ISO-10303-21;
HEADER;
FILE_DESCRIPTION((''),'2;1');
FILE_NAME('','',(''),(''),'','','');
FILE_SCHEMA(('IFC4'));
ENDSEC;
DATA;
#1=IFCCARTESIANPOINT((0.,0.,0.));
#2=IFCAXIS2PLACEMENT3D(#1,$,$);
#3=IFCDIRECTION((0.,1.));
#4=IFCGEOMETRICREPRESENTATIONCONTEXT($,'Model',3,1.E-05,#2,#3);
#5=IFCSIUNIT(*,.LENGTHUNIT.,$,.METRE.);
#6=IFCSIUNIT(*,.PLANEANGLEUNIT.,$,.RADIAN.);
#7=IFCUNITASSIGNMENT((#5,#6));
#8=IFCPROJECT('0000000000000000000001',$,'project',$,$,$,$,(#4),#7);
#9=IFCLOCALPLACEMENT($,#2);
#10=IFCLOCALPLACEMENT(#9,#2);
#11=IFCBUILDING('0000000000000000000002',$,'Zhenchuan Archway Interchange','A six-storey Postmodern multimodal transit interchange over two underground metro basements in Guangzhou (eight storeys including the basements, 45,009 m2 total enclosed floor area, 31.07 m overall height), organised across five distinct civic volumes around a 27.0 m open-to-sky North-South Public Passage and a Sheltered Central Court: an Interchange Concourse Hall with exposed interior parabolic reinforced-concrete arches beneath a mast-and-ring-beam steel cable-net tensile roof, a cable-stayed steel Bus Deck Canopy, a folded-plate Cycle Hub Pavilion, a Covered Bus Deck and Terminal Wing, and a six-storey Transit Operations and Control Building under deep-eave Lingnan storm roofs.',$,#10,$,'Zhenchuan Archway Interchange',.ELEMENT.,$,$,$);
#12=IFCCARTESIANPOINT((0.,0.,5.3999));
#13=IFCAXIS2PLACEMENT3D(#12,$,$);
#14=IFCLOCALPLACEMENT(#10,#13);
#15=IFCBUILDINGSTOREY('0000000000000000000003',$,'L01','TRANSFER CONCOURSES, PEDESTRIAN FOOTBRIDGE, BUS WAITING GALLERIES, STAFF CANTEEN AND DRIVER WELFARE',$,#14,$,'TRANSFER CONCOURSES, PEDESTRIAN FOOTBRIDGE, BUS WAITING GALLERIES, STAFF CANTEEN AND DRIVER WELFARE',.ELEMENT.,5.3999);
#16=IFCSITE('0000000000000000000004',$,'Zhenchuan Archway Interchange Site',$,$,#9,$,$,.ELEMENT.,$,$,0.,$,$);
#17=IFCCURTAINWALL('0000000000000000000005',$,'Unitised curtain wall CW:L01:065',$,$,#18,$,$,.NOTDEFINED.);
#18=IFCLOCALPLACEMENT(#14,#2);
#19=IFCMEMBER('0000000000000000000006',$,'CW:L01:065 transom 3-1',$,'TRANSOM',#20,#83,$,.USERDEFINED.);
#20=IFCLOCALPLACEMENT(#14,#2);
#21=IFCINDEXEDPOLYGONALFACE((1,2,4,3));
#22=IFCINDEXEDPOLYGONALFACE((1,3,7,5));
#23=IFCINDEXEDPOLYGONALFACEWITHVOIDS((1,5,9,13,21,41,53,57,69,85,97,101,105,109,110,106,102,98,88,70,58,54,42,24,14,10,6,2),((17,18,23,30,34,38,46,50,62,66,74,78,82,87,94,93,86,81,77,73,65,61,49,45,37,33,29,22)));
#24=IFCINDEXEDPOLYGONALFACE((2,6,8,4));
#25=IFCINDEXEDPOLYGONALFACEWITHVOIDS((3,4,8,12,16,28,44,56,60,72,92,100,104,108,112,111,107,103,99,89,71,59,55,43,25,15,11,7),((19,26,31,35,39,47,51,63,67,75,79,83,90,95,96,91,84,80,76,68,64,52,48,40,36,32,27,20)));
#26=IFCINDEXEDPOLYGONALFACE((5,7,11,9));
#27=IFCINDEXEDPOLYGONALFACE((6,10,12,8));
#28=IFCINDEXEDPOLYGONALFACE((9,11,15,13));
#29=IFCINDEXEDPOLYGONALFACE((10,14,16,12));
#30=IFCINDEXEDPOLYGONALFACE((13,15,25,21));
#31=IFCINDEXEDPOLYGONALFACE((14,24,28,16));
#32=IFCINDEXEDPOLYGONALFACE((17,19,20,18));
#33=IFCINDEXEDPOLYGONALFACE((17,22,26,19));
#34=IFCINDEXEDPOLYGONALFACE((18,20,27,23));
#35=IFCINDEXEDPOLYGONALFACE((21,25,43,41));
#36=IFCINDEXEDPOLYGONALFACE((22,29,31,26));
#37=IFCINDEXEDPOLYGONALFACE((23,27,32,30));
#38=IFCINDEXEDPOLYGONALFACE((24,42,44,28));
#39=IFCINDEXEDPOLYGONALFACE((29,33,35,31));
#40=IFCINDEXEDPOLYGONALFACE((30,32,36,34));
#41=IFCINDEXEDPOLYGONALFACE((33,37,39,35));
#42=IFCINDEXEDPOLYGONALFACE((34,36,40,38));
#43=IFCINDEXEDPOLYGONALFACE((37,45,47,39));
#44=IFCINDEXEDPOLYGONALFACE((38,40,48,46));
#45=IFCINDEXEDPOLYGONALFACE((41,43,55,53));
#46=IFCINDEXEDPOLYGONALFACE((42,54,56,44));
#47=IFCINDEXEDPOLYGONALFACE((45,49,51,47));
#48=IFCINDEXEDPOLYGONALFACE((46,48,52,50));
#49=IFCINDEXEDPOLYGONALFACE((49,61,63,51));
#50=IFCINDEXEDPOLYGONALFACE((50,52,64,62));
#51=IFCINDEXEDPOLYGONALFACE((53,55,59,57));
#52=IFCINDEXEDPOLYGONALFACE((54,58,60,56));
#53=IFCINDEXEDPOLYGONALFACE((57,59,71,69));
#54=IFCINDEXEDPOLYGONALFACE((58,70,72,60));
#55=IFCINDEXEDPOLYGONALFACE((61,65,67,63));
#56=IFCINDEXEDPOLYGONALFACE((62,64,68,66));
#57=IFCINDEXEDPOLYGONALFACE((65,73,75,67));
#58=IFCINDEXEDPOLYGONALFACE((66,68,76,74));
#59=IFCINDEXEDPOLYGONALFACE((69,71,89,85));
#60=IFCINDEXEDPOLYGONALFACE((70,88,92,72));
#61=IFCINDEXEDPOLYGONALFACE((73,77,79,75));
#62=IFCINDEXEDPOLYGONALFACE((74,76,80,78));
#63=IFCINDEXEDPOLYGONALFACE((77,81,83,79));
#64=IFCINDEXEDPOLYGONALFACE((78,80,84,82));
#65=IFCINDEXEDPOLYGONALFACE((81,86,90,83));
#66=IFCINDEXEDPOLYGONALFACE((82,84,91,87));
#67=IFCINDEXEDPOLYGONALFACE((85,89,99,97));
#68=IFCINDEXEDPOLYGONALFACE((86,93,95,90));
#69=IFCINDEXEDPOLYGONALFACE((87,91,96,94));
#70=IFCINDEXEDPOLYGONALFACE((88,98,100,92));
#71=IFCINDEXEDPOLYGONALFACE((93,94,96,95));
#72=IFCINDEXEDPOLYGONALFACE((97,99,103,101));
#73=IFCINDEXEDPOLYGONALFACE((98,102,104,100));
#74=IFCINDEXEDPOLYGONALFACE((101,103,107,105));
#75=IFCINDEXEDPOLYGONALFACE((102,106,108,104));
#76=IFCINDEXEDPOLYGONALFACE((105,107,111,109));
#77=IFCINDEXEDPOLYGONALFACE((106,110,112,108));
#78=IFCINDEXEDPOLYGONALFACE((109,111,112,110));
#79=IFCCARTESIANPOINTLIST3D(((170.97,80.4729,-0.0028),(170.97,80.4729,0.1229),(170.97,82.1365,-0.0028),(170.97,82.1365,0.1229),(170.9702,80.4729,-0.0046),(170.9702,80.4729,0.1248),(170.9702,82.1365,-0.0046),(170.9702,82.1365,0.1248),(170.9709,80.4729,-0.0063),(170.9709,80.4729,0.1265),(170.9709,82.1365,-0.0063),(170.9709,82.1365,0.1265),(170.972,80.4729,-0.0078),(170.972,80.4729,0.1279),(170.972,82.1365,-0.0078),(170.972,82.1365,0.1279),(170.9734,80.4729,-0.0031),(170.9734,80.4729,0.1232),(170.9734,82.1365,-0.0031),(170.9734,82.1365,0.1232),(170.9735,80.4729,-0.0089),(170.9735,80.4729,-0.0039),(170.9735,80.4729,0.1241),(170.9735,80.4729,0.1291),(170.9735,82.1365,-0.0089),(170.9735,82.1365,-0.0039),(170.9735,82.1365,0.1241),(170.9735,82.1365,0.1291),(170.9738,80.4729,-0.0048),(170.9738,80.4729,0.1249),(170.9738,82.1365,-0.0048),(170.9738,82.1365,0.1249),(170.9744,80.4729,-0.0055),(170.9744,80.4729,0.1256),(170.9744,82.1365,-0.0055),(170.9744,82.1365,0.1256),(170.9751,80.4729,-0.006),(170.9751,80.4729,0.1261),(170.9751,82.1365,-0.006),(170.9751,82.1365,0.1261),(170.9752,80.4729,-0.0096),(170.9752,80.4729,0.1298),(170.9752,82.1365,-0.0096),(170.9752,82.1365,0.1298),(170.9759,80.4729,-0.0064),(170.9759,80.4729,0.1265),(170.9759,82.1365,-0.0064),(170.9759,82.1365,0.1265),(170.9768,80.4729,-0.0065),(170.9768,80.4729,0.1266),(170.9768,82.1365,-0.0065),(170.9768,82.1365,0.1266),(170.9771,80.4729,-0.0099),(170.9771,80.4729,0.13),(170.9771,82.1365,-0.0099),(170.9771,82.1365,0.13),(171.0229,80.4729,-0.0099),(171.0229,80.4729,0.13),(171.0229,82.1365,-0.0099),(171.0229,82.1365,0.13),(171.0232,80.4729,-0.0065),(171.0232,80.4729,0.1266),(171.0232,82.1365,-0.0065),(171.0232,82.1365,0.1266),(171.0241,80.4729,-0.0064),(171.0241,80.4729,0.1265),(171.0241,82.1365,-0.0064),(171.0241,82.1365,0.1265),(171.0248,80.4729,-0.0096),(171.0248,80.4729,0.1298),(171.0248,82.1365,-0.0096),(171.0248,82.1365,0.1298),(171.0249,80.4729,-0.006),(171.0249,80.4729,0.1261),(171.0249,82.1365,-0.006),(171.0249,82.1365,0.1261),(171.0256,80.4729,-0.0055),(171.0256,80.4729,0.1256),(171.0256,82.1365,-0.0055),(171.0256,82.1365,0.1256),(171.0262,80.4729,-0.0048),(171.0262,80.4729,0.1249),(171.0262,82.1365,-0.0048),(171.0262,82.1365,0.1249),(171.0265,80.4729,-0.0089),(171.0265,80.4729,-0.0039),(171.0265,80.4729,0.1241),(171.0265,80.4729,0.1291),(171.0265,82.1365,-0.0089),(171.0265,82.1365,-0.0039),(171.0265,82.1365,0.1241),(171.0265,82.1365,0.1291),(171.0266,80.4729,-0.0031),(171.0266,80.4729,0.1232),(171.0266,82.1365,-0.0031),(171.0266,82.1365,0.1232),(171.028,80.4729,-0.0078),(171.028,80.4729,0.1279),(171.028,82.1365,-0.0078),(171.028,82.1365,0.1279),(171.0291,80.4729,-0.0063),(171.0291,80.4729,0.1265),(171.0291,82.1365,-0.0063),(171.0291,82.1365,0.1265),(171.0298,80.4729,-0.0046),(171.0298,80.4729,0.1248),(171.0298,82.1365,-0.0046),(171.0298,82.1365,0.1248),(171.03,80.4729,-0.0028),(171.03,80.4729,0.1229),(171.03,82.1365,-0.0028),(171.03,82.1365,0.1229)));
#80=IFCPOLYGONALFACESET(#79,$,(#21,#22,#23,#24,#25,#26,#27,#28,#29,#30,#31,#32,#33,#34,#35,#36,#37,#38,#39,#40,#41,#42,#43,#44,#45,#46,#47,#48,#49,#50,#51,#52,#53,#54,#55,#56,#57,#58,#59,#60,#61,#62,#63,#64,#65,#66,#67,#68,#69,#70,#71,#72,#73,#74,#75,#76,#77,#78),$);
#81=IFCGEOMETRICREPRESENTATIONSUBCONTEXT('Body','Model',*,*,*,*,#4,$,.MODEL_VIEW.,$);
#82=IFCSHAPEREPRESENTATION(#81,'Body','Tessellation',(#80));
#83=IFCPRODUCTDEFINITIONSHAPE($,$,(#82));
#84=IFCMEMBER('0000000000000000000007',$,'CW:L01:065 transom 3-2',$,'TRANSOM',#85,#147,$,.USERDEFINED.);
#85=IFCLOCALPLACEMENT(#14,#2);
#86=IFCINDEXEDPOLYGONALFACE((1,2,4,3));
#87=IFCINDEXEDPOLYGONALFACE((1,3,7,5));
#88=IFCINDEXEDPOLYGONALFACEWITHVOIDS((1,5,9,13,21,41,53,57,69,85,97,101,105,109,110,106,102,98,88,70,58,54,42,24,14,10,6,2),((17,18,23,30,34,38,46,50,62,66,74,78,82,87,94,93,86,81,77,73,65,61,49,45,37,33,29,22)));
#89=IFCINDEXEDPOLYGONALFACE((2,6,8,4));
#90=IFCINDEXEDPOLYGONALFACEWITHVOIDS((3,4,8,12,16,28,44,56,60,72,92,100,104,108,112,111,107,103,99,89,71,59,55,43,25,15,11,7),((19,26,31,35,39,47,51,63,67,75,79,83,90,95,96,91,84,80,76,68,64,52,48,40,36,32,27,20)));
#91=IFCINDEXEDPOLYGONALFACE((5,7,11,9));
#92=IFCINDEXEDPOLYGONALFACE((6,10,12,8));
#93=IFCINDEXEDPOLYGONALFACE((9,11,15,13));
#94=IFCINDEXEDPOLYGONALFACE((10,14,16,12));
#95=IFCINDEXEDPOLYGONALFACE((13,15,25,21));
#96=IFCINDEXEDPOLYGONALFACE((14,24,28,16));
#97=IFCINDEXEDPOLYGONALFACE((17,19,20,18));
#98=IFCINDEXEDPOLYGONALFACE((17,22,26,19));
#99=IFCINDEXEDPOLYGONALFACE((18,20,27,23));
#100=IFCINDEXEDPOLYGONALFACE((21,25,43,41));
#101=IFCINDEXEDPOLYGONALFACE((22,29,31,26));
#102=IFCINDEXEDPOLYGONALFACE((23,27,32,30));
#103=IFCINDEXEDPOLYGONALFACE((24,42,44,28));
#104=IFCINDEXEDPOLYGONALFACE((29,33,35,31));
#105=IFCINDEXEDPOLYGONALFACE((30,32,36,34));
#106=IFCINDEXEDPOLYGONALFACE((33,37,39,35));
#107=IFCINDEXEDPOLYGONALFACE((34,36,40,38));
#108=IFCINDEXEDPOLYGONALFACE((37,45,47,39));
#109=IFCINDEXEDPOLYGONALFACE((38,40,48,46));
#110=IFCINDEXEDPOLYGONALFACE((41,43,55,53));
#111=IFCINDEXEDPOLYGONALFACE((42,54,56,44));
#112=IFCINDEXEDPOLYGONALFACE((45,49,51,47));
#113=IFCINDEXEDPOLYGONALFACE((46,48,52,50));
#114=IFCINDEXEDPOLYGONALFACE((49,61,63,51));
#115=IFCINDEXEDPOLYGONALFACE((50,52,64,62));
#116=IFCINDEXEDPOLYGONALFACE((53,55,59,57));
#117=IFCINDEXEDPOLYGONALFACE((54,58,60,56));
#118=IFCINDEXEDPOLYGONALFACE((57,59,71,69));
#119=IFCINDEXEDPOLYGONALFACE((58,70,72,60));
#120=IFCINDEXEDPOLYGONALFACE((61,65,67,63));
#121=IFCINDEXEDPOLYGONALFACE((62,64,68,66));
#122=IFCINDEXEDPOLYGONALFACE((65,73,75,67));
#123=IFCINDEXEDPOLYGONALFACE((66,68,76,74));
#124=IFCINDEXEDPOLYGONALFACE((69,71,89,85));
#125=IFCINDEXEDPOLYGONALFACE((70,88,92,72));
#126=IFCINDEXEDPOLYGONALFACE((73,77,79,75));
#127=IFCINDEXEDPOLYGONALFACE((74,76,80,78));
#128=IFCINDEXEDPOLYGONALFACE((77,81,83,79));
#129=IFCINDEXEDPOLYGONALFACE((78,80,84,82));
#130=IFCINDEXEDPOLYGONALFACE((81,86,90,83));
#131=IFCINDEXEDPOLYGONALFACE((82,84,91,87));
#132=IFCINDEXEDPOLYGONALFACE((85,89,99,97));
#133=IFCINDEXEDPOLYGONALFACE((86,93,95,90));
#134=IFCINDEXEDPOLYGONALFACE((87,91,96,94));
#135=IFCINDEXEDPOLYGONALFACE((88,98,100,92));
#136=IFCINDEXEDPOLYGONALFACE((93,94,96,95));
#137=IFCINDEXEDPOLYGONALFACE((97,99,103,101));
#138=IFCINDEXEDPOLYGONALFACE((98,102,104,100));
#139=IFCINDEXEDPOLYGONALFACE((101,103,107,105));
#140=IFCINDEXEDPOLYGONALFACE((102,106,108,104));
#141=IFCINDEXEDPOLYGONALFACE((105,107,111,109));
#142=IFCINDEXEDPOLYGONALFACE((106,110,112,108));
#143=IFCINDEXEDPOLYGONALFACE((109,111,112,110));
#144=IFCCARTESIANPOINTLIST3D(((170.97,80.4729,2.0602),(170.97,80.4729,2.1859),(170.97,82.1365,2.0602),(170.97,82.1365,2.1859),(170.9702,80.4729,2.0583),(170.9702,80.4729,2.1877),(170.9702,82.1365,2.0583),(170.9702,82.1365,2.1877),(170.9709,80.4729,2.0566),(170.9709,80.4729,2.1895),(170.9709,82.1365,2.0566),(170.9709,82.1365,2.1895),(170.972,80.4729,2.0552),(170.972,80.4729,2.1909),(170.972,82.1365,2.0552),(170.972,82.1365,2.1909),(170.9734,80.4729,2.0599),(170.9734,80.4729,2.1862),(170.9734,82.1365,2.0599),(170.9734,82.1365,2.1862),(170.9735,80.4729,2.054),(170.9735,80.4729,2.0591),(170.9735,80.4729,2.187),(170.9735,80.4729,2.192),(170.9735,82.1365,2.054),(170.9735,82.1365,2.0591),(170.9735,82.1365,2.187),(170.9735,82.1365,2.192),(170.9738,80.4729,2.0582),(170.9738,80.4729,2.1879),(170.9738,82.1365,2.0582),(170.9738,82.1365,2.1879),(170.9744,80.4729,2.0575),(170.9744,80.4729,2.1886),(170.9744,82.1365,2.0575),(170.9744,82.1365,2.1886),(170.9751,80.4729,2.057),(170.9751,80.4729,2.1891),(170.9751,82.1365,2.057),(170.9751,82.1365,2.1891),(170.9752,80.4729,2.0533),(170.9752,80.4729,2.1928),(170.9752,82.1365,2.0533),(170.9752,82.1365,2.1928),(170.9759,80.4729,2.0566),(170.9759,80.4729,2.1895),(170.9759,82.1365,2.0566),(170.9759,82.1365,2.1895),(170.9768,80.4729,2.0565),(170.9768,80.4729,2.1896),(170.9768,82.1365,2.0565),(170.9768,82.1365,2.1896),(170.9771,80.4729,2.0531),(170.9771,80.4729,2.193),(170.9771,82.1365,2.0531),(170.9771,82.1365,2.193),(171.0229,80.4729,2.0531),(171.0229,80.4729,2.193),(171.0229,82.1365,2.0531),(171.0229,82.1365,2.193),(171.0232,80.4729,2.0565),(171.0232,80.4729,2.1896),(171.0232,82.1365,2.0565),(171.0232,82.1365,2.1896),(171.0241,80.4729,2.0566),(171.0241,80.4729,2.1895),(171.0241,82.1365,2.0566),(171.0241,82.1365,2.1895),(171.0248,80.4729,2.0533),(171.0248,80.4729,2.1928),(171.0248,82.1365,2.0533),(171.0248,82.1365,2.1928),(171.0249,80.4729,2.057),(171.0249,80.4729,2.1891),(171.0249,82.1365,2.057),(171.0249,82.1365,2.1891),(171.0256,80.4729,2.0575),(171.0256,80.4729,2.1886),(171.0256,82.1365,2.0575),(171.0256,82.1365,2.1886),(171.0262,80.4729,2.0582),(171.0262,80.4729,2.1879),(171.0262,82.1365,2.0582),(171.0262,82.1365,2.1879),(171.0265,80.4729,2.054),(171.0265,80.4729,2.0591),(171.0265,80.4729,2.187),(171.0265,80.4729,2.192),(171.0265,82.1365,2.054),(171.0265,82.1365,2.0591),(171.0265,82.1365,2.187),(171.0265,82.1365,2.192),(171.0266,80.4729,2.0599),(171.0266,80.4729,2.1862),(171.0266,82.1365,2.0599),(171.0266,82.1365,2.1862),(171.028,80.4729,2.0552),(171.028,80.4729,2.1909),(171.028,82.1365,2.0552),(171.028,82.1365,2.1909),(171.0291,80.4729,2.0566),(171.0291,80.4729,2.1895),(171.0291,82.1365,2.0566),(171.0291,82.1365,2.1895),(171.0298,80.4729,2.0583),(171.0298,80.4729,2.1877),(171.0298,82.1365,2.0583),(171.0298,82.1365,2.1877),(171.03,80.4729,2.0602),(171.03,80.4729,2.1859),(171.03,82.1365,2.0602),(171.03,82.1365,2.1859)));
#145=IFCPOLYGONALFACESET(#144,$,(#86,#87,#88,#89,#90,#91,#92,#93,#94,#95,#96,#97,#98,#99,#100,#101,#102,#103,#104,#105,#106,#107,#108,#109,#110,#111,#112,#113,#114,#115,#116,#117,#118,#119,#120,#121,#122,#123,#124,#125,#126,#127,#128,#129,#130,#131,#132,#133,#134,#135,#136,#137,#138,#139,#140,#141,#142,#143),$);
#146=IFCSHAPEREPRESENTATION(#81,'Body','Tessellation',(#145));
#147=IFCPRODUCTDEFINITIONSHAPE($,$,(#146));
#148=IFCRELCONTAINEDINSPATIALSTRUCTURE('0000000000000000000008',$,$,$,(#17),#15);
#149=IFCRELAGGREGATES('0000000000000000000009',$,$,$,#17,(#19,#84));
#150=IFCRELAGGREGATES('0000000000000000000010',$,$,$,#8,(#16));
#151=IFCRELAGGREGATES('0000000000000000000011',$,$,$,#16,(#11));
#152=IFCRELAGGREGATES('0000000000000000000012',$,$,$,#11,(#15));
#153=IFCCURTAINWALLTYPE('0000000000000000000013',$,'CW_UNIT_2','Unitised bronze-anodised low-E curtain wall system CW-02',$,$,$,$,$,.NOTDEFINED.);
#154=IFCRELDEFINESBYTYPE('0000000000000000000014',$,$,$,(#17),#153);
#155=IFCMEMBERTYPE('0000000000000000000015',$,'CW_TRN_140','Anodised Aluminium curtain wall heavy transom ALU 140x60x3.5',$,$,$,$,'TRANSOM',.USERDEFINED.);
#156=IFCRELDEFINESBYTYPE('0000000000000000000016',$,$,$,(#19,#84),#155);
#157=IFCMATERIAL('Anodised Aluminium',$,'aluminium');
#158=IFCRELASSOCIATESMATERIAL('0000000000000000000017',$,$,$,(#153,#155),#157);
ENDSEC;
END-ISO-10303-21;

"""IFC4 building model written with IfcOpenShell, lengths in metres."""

from ifc_helpers import new_model, si_unit, direction, frame, origin, origin_2d, place, context, subcontext, project, spatial, hollow_rectangle, extrude, material, material_profile, profile_set, type_object, element, aggregate, save


model = new_model("IFC4")

# Units and contexts
model_context = context("Model", 3, precision=1e-05, world=origin(), true_north=direction((0.0, 1.0)))
body_context = subcontext(model_context, "Body", "Model", "MODEL_VIEW")
ifc_project = project(units=[si_unit("LENGTHUNIT", "METRE"), si_unit("PLANEANGLEUNIT", "RADIAN")], contexts=[model_context])

# Site, building, storey
site_placement = place(None, origin())
site = spatial("IfcSite", under=ifc_project, at=site_placement, Name="Zhenchuan Archway Interchange Site", CompositionType="ELEMENT", RefElevation=0.0)
building_placement = place(site_placement, origin())
building = spatial("IfcBuilding", under=site, at=building_placement, Name="Zhenchuan Archway Interchange", Description="A six-storey Postmodern multimodal transit interchange over two underground metro basements in Guangzhou (eight storeys including the basements, 45,009 m2 total enclosed floor area, 31.07 m overall height), organised across five distinct civic volumes around a 27.0 m open-to-sky North-South Public Passage and a Sheltered Central Court: an Interchange Concourse Hall with exposed interior parabolic reinforced-concrete arches beneath a mast-and-ring-beam steel cable-net tensile roof, a cable-stayed steel Bus Deck Canopy, a folded-plate Cycle Hub Pavilion, a Covered Bus Deck and Terminal Wing, and a six-storey Transit Operations and Control Building under deep-eave Lingnan storm roofs.", LongName="Zhenchuan Archway Interchange", CompositionType="ELEMENT")
storey_placement = place(building_placement, frame((0.0, 0.0, 5.3999)))
storey = spatial("IfcBuildingStorey", under=building, at=storey_placement, Name="L01", Description="TRANSFER CONCOURSES, PEDESTRIAN FOOTBRIDGE, BUS WAITING GALLERIES, STAFF CANTEEN AND DRIVER WELFARE", LongName="TRANSFER CONCOURSES, PEDESTRIAN FOOTBRIDGE, BUS WAITING GALLERIES, STAFF CANTEEN AND DRIVER WELFARE", CompositionType="ELEMENT", Elevation=5.3999)

# Curtain wall, members
ifc_material_1 = material(Name="Anodised Aluminium", Category="aluminium")
curtain_wall_type = type_object("IfcCurtainWallType", Name="CW_UNIT_2", Description="Unitised bronze-anodised low-E curtain wall system CW-02", PredefinedType="NOTDEFINED", material=ifc_material_1)
curtain_wall_placement = place(storey_placement, origin())
curtain_wall = element("IfcCurtainWall", 1, at=curtain_wall_placement, inside=storey, type_object=curtain_wall_type, Name="Unitised curtain wall CW:L01:065", PredefinedType="NOTDEFINED")
ifc_material_profile_1 = material_profile(ifc_material_1, hollow_rectangle(XDim=0.0601, YDim=0.1399, WallThickness=0.0034, InnerFilletRadius=0.0034, OuterFilletRadius=0.0071, at=origin_2d()), Name="ALU 140x60x3.5")
ifc_profile_set_1 = profile_set([ifc_material_profile_1], Name="Anodised Aluminium")
member_type_1 = type_object("IfcMemberType", Name="CW_TRN_140", Description="Anodised Aluminium curtain wall heavy transom ALU 140x60x3.5", ElementType="TRANSOM", PredefinedType="USERDEFINED", material=ifc_profile_set_1)
member_1_placement = place(storey_placement, frame((171.0, 82.1365, 0.0601), z_axis=(0.0, -1.0, 0.0), x_axis=(1.0, 0.0, 0.0)))
member_1 = element("IfcMember", 2, at=member_1_placement, type_object=member_type_1, Name="CW:L01:065 transom 3-1", ObjectType="TRANSOM", PredefinedType="USERDEFINED", context=body_context, shape_type="SweptSolid", body=[
    extrude(hollow_rectangle(XDim=0.0601, YDim=0.1399, WallThickness=0.0034, InnerFilletRadius=0.0034, OuterFilletRadius=0.0071, at=origin_2d()), origin(), (0.0, 0.0, 1.0), 1.6636),
])
member_2_placement = place(storey_placement, frame((171.0, 82.1365, 2.123), z_axis=(0.0, -1.0, 0.0), x_axis=(1.0, 0.0, 0.0)))
member_2 = element("IfcMember", 3, at=member_2_placement, type_object=member_type_1, Name="CW:L01:065 transom 3-2", ObjectType="TRANSOM", PredefinedType="USERDEFINED", context=body_context, shape_type="SweptSolid", body=[
    extrude(hollow_rectangle(XDim=0.0601, YDim=0.1399, WallThickness=0.0034, InnerFilletRadius=0.0034, OuterFilletRadius=0.0071, at=origin_2d()), origin(), (0.0, 0.0, 1.0), 1.6636),
])

aggregate(curtain_wall, [member_1, member_2])

save(model, "model.ifc")
